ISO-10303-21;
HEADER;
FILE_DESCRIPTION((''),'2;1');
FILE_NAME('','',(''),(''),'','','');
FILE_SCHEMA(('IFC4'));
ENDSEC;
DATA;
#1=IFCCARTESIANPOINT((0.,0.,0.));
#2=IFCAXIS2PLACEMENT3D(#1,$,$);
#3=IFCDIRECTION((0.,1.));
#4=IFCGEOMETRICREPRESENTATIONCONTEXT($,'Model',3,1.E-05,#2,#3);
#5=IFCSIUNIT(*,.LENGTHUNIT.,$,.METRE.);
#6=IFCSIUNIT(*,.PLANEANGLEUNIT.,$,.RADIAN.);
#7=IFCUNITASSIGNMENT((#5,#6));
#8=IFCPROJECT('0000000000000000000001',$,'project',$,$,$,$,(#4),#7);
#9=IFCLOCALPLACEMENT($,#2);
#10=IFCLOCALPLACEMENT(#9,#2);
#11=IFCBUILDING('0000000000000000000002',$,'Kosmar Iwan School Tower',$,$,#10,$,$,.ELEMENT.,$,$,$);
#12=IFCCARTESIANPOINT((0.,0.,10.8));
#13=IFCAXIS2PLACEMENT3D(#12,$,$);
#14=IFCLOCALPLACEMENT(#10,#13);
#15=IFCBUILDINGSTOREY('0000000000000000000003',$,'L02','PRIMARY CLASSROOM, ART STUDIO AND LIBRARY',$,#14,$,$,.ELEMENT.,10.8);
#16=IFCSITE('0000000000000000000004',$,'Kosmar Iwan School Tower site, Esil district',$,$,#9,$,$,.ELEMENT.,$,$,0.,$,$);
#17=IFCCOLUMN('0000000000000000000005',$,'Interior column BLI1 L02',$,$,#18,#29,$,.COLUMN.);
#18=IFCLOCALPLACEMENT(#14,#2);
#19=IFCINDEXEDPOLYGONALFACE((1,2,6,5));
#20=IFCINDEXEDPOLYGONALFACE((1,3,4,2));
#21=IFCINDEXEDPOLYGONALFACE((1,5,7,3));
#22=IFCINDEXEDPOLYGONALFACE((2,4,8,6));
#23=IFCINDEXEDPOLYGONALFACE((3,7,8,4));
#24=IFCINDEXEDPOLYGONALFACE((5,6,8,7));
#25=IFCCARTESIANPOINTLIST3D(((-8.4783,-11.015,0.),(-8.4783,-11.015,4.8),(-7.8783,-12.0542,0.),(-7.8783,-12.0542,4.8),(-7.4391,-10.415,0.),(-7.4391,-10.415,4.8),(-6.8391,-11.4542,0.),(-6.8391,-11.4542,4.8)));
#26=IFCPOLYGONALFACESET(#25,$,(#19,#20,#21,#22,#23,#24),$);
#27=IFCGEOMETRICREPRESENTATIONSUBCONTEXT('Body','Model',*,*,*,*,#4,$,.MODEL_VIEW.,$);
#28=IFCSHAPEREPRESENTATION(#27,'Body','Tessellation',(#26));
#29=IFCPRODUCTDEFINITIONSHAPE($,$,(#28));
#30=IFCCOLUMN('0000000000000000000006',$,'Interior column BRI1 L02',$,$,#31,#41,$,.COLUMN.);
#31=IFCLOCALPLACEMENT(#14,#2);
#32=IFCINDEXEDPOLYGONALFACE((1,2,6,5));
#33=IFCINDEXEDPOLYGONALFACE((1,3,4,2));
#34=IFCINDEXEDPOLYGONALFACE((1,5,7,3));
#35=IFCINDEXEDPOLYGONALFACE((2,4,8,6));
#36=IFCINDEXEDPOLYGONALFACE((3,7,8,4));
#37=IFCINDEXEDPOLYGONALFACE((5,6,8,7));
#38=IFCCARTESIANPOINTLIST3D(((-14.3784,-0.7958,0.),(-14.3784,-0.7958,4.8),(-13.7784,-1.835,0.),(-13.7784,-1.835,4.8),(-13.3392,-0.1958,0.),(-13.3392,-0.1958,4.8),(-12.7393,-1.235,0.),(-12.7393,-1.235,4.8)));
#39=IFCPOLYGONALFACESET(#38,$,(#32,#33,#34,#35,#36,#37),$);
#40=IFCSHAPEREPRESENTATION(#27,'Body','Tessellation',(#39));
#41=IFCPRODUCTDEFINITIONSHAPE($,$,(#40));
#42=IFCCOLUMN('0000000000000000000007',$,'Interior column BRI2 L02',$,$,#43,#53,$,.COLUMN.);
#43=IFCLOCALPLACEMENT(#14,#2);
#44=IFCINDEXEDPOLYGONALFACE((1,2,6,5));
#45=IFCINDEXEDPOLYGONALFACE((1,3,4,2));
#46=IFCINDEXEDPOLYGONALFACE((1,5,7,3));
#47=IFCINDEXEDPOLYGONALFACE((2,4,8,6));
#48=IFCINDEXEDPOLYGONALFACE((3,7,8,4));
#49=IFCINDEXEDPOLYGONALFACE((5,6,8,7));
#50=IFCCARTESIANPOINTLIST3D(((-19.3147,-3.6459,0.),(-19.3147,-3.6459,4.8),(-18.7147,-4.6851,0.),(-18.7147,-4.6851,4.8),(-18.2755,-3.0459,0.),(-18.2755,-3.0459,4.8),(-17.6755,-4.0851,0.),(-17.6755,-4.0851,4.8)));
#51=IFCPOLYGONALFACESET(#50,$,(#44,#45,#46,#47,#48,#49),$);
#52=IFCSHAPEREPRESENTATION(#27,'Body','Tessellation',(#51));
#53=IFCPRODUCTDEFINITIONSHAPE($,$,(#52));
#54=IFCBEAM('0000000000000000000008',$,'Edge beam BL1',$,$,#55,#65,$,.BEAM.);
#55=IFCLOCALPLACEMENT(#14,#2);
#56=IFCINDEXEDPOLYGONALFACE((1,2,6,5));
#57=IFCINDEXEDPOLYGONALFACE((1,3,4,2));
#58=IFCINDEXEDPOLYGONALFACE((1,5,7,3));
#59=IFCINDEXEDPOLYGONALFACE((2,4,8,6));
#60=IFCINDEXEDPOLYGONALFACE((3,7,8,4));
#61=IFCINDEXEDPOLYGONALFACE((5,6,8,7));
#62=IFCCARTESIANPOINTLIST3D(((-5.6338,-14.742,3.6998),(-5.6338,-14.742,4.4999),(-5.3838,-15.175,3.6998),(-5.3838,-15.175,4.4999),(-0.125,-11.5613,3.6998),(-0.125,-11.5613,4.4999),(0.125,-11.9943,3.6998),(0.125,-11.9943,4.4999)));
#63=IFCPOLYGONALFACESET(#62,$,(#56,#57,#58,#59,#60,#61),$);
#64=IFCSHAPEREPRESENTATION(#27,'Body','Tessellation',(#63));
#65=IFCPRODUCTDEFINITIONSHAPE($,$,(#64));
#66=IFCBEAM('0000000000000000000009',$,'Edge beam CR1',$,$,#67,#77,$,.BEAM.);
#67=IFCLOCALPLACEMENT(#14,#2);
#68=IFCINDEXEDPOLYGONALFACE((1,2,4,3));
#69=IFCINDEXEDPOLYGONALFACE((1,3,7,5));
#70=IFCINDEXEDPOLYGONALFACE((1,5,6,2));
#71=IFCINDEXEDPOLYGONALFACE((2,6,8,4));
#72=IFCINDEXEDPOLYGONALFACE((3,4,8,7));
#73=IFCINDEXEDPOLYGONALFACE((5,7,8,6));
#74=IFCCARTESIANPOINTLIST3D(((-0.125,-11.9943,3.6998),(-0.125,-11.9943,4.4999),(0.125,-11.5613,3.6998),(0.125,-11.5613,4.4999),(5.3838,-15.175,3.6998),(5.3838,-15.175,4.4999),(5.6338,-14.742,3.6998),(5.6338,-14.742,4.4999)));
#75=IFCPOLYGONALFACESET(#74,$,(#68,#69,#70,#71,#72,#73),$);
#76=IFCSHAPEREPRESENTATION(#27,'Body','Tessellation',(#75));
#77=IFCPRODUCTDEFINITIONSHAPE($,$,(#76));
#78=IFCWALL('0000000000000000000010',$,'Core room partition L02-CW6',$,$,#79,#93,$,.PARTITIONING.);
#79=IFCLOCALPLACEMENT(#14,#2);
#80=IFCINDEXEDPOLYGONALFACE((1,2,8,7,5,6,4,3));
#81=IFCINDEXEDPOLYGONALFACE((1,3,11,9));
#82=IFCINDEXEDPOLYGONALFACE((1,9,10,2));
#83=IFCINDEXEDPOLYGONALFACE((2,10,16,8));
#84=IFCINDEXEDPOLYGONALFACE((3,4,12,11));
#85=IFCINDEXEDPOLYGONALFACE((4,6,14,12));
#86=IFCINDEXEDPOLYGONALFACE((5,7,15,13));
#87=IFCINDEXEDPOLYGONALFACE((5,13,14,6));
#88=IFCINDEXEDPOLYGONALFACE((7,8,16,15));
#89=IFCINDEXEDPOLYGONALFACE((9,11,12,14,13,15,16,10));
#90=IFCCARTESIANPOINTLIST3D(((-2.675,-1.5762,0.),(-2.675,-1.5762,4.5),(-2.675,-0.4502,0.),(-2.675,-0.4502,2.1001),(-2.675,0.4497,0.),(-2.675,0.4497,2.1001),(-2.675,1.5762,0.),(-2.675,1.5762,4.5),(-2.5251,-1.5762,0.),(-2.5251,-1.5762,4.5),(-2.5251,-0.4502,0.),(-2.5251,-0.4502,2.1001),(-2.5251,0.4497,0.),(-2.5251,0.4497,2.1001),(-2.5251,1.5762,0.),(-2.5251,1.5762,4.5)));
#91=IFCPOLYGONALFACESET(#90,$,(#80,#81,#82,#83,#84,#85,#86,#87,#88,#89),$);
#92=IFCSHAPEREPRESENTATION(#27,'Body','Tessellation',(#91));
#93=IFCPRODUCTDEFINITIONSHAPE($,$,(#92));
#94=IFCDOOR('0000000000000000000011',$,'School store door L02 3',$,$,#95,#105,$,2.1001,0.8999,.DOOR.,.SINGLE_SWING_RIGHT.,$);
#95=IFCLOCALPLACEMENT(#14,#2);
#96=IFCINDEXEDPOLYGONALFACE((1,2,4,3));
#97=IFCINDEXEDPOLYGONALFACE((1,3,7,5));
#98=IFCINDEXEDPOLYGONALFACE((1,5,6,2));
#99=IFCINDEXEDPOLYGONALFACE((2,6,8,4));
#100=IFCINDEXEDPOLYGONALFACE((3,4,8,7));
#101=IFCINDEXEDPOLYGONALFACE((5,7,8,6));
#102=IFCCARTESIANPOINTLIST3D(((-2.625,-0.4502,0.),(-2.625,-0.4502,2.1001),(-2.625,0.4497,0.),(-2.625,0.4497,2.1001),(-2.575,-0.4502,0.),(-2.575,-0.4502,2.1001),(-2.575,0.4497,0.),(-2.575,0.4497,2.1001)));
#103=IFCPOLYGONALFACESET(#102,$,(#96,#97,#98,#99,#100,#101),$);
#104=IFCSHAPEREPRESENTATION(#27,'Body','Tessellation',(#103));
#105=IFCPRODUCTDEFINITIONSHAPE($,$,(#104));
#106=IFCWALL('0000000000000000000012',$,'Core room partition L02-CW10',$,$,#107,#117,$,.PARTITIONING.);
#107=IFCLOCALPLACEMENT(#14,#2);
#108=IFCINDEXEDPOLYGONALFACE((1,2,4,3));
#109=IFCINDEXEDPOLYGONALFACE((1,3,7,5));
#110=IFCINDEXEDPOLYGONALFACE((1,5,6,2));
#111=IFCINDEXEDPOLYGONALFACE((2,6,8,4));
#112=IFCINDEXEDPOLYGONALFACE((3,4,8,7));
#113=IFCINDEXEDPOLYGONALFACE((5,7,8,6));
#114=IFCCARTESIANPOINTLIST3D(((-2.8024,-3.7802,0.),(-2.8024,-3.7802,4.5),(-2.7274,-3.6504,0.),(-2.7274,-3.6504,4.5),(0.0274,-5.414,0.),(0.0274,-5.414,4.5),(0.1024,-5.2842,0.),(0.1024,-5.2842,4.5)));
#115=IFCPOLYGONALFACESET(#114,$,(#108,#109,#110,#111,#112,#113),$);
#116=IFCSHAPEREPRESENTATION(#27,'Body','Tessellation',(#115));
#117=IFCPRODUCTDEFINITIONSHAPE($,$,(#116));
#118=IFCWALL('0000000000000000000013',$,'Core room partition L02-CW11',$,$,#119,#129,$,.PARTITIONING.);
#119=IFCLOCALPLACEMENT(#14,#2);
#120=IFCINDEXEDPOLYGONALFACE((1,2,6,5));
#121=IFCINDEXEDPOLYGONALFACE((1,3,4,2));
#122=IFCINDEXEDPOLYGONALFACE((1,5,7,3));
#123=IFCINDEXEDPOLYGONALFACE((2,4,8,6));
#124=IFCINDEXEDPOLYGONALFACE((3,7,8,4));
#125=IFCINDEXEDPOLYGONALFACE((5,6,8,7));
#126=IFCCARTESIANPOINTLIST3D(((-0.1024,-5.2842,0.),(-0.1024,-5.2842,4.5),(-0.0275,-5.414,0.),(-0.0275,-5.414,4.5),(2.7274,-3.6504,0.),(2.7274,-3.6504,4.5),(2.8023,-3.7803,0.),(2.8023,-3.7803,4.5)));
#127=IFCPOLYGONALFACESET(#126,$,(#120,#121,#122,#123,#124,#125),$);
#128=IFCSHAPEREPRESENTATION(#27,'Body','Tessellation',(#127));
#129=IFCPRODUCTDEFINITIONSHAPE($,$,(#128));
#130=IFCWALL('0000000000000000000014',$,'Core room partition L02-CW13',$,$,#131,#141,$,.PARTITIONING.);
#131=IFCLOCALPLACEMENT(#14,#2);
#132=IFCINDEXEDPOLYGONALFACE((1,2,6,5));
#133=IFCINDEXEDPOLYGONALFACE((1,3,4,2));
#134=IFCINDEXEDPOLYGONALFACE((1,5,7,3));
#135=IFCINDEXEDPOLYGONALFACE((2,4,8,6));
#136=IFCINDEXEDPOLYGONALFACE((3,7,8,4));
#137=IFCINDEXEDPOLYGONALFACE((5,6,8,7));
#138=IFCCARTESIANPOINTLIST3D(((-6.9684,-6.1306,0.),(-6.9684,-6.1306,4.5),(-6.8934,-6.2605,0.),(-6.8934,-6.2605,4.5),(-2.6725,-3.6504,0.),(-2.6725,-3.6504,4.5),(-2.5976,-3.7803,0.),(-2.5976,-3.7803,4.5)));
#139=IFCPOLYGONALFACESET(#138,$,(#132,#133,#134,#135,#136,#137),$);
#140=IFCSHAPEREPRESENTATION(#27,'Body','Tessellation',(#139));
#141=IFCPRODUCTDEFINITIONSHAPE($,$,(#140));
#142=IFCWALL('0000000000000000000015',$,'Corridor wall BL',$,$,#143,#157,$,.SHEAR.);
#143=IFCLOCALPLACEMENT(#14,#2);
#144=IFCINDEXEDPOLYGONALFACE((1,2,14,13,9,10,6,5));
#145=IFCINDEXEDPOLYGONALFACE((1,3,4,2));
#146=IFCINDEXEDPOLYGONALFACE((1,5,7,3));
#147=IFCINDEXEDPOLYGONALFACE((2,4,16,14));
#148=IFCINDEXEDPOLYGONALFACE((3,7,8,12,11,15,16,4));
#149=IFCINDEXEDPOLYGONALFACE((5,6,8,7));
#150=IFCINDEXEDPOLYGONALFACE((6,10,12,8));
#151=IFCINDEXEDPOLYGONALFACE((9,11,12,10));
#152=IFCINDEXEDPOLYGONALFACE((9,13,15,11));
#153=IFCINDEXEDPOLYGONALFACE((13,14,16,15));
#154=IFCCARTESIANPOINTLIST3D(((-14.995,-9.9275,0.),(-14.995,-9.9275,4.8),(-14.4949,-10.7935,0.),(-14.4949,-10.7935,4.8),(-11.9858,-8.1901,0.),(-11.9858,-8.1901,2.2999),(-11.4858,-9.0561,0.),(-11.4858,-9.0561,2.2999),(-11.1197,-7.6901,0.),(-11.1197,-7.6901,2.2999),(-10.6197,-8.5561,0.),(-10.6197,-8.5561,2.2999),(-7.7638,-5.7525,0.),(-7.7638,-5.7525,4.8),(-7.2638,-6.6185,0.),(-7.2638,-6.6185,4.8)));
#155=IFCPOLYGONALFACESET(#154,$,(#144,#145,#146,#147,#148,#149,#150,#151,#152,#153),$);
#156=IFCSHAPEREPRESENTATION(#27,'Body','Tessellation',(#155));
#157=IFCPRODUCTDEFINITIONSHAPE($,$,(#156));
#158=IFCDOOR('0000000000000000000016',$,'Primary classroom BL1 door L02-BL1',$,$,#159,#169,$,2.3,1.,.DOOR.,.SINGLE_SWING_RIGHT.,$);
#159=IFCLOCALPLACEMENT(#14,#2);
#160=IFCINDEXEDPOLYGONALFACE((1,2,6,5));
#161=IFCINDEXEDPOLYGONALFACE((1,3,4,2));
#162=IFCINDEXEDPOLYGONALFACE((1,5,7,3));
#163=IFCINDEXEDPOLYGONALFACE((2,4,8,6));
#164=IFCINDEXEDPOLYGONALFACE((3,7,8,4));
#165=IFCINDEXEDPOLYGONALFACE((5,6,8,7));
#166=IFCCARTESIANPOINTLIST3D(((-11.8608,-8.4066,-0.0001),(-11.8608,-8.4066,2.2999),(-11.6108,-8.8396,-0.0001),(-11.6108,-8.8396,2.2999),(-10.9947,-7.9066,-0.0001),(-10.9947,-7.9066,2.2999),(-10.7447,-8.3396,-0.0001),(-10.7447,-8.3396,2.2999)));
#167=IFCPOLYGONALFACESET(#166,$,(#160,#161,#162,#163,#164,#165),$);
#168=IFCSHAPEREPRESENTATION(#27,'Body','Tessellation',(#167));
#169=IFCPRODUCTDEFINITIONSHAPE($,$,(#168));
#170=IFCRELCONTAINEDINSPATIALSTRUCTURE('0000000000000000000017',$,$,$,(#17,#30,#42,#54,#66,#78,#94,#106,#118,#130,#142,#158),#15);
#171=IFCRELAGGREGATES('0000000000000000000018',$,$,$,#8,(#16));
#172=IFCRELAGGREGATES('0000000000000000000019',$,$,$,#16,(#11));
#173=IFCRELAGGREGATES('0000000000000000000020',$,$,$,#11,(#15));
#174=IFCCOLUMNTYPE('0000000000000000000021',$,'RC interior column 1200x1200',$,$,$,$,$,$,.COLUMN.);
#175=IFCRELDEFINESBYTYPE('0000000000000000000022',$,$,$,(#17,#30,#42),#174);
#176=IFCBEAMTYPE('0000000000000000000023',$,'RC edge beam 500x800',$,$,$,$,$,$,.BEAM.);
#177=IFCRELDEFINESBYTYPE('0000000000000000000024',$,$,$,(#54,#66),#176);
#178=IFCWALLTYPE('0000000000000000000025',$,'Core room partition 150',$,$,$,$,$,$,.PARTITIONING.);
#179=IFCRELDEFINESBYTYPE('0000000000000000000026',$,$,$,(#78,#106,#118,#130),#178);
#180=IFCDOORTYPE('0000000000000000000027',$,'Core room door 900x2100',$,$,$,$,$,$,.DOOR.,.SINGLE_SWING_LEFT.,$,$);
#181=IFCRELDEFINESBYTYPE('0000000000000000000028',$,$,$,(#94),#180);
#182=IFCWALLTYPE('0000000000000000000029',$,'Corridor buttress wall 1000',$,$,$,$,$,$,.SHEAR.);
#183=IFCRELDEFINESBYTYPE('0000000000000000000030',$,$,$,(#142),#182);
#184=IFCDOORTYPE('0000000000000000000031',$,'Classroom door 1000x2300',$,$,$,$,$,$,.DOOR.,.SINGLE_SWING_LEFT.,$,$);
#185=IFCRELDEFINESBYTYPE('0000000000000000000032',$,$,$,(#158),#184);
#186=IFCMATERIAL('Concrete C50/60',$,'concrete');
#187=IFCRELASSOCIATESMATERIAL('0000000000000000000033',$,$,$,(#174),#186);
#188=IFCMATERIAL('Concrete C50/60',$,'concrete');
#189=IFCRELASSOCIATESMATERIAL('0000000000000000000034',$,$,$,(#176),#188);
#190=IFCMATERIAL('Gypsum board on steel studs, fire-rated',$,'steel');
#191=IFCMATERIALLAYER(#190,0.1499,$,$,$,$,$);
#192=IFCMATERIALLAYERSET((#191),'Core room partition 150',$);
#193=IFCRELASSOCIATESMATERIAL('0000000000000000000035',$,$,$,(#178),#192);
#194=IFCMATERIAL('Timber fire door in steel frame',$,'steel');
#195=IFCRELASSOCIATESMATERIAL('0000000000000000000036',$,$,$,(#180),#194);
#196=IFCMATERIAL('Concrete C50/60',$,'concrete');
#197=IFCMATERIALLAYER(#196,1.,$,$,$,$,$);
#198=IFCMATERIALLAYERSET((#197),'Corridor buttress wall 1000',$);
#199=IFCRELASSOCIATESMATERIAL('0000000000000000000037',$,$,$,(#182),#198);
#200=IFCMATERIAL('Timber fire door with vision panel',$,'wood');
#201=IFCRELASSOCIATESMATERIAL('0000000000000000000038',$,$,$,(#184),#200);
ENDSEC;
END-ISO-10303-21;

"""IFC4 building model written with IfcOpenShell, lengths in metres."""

from ifc_helpers import new_model, si_unit, direction, frame, frame_2d, origin, origin_2d, place, context, subcontext, project, spatial, rectangle, extrude, material, layer, layer_set, material_profile, profile_set, type_object, element, fill, save


model = new_model("IFC4")

# Units and contexts
model_context = context("Model", 3, precision=1e-05, world=origin(), true_north=direction((0.0, 1.0)))
body_context = subcontext(model_context, "Body", "Model", "MODEL_VIEW")
ifc_project = project(units=[si_unit("LENGTHUNIT", "METRE"), si_unit("PLANEANGLEUNIT", "RADIAN")], contexts=[model_context])

# Site, building, storey
site_placement = place(None, origin())
site = spatial("IfcSite", under=ifc_project, at=site_placement, Name="Kosmar Iwan School Tower site, Esil district", CompositionType="ELEMENT", RefElevation=0.0)
building_placement = place(site_placement, origin())
building = spatial("IfcBuilding", under=site, at=building_placement, Name="Kosmar Iwan School Tower", CompositionType="ELEMENT")
storey_placement = place(building_placement, frame((0.0, 0.0, 10.8)))
storey = spatial("IfcBuildingStorey", under=building, at=storey_placement, Name="L02", Description="PRIMARY CLASSROOM, ART STUDIO AND LIBRARY", CompositionType="ELEMENT", Elevation=10.8)

# Columns
ifc_material_1 = material(Name="Concrete C50/60", Category="concrete")
ifc_material_profile_1 = material_profile(ifc_material_1, rectangle(XDim=1.2, YDim=1.2, at=origin_2d()), Name="RC 1200x1200")
ifc_profile_set_1 = profile_set([ifc_material_profile_1], Name="Concrete C50/60")
column_type = type_object("IfcColumnType", Name="RC interior column 1200x1200", PredefinedType="COLUMN", material=ifc_profile_set_1)
for number, where, z_axis, x_axis, name in (
    (1, (-7.6587, -11.2346, 0.0), (0.0, 0.0, 1.0), (-0.866025, -0.5, 0.0), "Interior column BLI1 L02"),
    (2, (-13.5588, -1.0154, 0.0), (0.0, 0.0, 1.0), (-0.866025, -0.5, 0.0), "Interior column BRI1 L02"),
    (3, (-18.4951, -3.8655, 0.0), (0.0, 0.0, 1.0), (-0.866025, -0.5, 0.0), "Interior column BRI2 L02"),
):
    element("IfcColumn", number, at=place(storey_placement, frame(where, z_axis=z_axis, x_axis=x_axis)), inside=storey, type_object=column_type, Name=name, PredefinedType="COLUMN", context=body_context, shape_type="SweptSolid", body=[
        extrude(rectangle(XDim=1.2, YDim=1.2, at=origin_2d()), origin(), (0.0, 0.0, 1.0), 4.8),
    ])

# Beams
ifc_material_2 = material(Name="Concrete C50/60", Category="concrete")
ifc_material_profile_2 = material_profile(ifc_material_2, rectangle(XDim=0.5, YDim=0.8, at=origin_2d()), Name="RC 500x800")
ifc_profile_set_2 = profile_set([ifc_material_profile_2], Name="Concrete C50/60")
beam_type = type_object("IfcBeamType", Name="RC edge beam 500x800", PredefinedType="BEAM", material=ifc_profile_set_2)
for number, where, z_axis, x_axis, name in (
    (4, (0.0, -11.7778, 4.0999), (-0.866014, -0.500019, 0.0), (0.500019, -0.866014, 0.0), "Edge beam BL1"),
    (5, (0.0, -11.7778, 4.0999), (0.866014, -0.500019, 0.0), (0.500019, 0.866014, 0.0), "Edge beam CR1"),
):
    element("IfcBeam", number, at=place(storey_placement, frame(where, z_axis=z_axis, x_axis=x_axis)), inside=storey, type_object=beam_type, Name=name, PredefinedType="BEAM", context=body_context, shape_type="SweptSolid", body=[
        extrude(rectangle(XDim=0.5, YDim=0.8, at=origin_2d()), origin(), (0.0, 0.0, 1.0), 6.3611),
    ])

# Wall, opening, door
ifc_material_3 = material(Name="Gypsum board on steel studs, fire-rated", Category="steel")
ifc_layer_1 = layer(ifc_material_3, 0.1499)
ifc_layer_set_1 = layer_set([ifc_layer_1], Name="Core room partition 150")
wall_type_1 = type_object("IfcWallType", Name="Core room partition 150", PredefinedType="PARTITIONING", material=ifc_layer_set_1)
wall_1_placement = place(storey_placement, frame((-2.6001, -1.5762, 0.0), z_axis=(0.0, 0.0, 1.0), x_axis=(0.0, 1.0, 0.0)))
wall_1 = element("IfcWall", 6, at=wall_1_placement, inside=storey, type_object=wall_type_1, Name="Core room partition L02-CW6", PredefinedType="PARTITIONING", context=body_context, shape_type="SweptSolid", body=[
    extrude(rectangle(XDim=3.1523, YDim=0.1499, at=frame_2d((1.5762, 0.0))), origin(), (0.0, 0.0, 1.0), 4.5),
])
opening_1_placement = place(wall_1_placement, frame((1.126, 0.0, 0.0)))
opening_1 = element("IfcOpeningElement", 7, at=opening_1_placement, cuts=wall_1, PredefinedType="OPENING", context=body_context, shape_type="SweptSolid", body=[
    extrude(rectangle(XDim=0.8999, YDim=2.1001, at=frame_2d((0.45, 1.05))), frame((0.0, 0.0869, 0.0), z_axis=(0.0, -1.0, 0.0), x_axis=(1.0, 0.0, 0.0)), (0.0, 0.0, 1.0), 0.1738),
])
ifc_material_4 = material(Name="Timber fire door in steel frame", Category="steel")
door_type_1 = type_object("IfcDoorType", Name="Core room door 900x2100", OperationType="SINGLE_SWING_LEFT", PredefinedType="DOOR", material=ifc_material_4)
door_1_placement = place(opening_1_placement, origin())
door_1 = element("IfcDoor", 8, at=door_1_placement, inside=storey, type_object=door_type_1, Name="School store door L02 3", OperationType="SINGLE_SWING_RIGHT", OverallHeight=2.1001, OverallWidth=0.8999, PredefinedType="DOOR", context=body_context, shape_type="SweptSolid", body=[
    extrude(rectangle(XDim=0.8999, YDim=2.1001, at=frame_2d((0.45, 1.05))), frame((0.0, 0.0249, 0.0), z_axis=(0.0, -1.0, 0.0), x_axis=(1.0, 0.0, 0.0)), (0.0, 0.0, 1.0), 0.05),
])
fill(opening_1, door_1)

# Walls
for number, where, z_axis, x_axis, name in (
    (9, (-2.7649, -3.7153, 0.0), (0.0, 0.0, 1.0), (0.866028, -0.499996, 0.0), "Core room partition L02-CW10"),
    (10, (-0.0649, -5.3491, 0.0), (0.0, 0.0, 1.0), (0.866028, 0.499996, 0.0), "Core room partition L02-CW11"),
):
    element("IfcWall", number, at=place(storey_placement, frame(where, z_axis=z_axis, x_axis=x_axis)), inside=storey, type_object=wall_type_1, Name=name, PredefinedType="PARTITIONING", context=body_context, shape_type="SweptSolid", body=[
        extrude(rectangle(XDim=3.2676, YDim=0.1499, at=frame_2d((1.6338, 0.0))), origin(), (0.0, 0.0, 1.0), 4.5),
    ])
wall_2_placement = place(storey_placement, frame((-6.9309, -6.1956, 0.0), z_axis=(0.0, 0.0, 1.0), x_axis=(0.866027, 0.499998, 0.0)))
element("IfcWall", 11, at=wall_2_placement, inside=storey, type_object=wall_type_1, Name="Core room partition L02-CW13", PredefinedType="PARTITIONING", context=body_context, shape_type="SweptSolid", body=[
    extrude(rectangle(XDim=4.9604, YDim=0.1499, at=frame_2d((2.4802, 0.0))), origin(), (0.0, 0.0, 1.0), 4.5),
])

# Wall, opening, door
ifc_material_5 = material(Name="Concrete C50/60", Category="concrete")
ifc_layer_2 = layer(ifc_material_5, 1.0)
ifc_layer_set_2 = layer_set([ifc_layer_2], Name="Corridor buttress wall 1000")
wall_type_2 = type_object("IfcWallType", Name="Corridor buttress wall 1000", PredefinedType="SHEAR", material=ifc_layer_set_2)
wall_3_placement = place(storey_placement, frame((-7.5139, -6.1855, 0.0), z_axis=(0.0, 0.0, 1.0), x_axis=(-0.86602, -0.50001, 0.0)))
wall_3 = element("IfcWall", 12, at=wall_3_placement, inside=storey, type_object=wall_type_2, Name="Corridor wall BL", PredefinedType="SHEAR", context=body_context, shape_type="SweptSolid", body=[
    extrude(rectangle(XDim=8.3499, YDim=1.0, at=frame_2d((4.1748, 0.0))), origin(), (0.0, 0.0, 1.0), 4.8),
])
opening_2_placement = place(wall_3_placement, frame((3.875, 0.0, 0.0)))
opening_2 = element("IfcOpeningElement", 13, at=opening_2_placement, cuts=wall_3, PredefinedType="OPENING", context=body_context, shape_type="SweptSolid", body=[
    extrude(rectangle(XDim=1.0, YDim=2.3, at=frame_2d((0.5, 1.1499))), frame((0.0, 0.512, 0.0), z_axis=(0.0, -1.0, 0.0), x_axis=(1.0, 0.0, 0.0)), (0.0, 0.0, 1.0), 1.0239),
])
ifc_material_6 = material(Name="Timber fire door with vision panel", Category="wood")
door_type_2 = type_object("IfcDoorType", Name="Classroom door 1000x2300", OperationType="SINGLE_SWING_LEFT", PredefinedType="DOOR", material=ifc_material_6)
door_2_placement = place(opening_2_placement, origin())
door_2 = element("IfcDoor", 14, at=door_2_placement, inside=storey, type_object=door_type_2, Name="Primary classroom BL1 door L02-BL1", OperationType="SINGLE_SWING_RIGHT", OverallHeight=2.3, OverallWidth=1.0, PredefinedType="DOOR", context=body_context, shape_type="SweptSolid", body=[
    extrude(rectangle(XDim=1.0, YDim=2.3, at=frame_2d((0.5, 1.1499))), frame((0.0, 0.25, 0.0), z_axis=(0.0, -1.0, 0.0), x_axis=(1.0, 0.0, 0.0)), (0.0, 0.0, 1.0), 0.5),
])
fill(opening_2, door_2)

save(model, "model.ifc")
